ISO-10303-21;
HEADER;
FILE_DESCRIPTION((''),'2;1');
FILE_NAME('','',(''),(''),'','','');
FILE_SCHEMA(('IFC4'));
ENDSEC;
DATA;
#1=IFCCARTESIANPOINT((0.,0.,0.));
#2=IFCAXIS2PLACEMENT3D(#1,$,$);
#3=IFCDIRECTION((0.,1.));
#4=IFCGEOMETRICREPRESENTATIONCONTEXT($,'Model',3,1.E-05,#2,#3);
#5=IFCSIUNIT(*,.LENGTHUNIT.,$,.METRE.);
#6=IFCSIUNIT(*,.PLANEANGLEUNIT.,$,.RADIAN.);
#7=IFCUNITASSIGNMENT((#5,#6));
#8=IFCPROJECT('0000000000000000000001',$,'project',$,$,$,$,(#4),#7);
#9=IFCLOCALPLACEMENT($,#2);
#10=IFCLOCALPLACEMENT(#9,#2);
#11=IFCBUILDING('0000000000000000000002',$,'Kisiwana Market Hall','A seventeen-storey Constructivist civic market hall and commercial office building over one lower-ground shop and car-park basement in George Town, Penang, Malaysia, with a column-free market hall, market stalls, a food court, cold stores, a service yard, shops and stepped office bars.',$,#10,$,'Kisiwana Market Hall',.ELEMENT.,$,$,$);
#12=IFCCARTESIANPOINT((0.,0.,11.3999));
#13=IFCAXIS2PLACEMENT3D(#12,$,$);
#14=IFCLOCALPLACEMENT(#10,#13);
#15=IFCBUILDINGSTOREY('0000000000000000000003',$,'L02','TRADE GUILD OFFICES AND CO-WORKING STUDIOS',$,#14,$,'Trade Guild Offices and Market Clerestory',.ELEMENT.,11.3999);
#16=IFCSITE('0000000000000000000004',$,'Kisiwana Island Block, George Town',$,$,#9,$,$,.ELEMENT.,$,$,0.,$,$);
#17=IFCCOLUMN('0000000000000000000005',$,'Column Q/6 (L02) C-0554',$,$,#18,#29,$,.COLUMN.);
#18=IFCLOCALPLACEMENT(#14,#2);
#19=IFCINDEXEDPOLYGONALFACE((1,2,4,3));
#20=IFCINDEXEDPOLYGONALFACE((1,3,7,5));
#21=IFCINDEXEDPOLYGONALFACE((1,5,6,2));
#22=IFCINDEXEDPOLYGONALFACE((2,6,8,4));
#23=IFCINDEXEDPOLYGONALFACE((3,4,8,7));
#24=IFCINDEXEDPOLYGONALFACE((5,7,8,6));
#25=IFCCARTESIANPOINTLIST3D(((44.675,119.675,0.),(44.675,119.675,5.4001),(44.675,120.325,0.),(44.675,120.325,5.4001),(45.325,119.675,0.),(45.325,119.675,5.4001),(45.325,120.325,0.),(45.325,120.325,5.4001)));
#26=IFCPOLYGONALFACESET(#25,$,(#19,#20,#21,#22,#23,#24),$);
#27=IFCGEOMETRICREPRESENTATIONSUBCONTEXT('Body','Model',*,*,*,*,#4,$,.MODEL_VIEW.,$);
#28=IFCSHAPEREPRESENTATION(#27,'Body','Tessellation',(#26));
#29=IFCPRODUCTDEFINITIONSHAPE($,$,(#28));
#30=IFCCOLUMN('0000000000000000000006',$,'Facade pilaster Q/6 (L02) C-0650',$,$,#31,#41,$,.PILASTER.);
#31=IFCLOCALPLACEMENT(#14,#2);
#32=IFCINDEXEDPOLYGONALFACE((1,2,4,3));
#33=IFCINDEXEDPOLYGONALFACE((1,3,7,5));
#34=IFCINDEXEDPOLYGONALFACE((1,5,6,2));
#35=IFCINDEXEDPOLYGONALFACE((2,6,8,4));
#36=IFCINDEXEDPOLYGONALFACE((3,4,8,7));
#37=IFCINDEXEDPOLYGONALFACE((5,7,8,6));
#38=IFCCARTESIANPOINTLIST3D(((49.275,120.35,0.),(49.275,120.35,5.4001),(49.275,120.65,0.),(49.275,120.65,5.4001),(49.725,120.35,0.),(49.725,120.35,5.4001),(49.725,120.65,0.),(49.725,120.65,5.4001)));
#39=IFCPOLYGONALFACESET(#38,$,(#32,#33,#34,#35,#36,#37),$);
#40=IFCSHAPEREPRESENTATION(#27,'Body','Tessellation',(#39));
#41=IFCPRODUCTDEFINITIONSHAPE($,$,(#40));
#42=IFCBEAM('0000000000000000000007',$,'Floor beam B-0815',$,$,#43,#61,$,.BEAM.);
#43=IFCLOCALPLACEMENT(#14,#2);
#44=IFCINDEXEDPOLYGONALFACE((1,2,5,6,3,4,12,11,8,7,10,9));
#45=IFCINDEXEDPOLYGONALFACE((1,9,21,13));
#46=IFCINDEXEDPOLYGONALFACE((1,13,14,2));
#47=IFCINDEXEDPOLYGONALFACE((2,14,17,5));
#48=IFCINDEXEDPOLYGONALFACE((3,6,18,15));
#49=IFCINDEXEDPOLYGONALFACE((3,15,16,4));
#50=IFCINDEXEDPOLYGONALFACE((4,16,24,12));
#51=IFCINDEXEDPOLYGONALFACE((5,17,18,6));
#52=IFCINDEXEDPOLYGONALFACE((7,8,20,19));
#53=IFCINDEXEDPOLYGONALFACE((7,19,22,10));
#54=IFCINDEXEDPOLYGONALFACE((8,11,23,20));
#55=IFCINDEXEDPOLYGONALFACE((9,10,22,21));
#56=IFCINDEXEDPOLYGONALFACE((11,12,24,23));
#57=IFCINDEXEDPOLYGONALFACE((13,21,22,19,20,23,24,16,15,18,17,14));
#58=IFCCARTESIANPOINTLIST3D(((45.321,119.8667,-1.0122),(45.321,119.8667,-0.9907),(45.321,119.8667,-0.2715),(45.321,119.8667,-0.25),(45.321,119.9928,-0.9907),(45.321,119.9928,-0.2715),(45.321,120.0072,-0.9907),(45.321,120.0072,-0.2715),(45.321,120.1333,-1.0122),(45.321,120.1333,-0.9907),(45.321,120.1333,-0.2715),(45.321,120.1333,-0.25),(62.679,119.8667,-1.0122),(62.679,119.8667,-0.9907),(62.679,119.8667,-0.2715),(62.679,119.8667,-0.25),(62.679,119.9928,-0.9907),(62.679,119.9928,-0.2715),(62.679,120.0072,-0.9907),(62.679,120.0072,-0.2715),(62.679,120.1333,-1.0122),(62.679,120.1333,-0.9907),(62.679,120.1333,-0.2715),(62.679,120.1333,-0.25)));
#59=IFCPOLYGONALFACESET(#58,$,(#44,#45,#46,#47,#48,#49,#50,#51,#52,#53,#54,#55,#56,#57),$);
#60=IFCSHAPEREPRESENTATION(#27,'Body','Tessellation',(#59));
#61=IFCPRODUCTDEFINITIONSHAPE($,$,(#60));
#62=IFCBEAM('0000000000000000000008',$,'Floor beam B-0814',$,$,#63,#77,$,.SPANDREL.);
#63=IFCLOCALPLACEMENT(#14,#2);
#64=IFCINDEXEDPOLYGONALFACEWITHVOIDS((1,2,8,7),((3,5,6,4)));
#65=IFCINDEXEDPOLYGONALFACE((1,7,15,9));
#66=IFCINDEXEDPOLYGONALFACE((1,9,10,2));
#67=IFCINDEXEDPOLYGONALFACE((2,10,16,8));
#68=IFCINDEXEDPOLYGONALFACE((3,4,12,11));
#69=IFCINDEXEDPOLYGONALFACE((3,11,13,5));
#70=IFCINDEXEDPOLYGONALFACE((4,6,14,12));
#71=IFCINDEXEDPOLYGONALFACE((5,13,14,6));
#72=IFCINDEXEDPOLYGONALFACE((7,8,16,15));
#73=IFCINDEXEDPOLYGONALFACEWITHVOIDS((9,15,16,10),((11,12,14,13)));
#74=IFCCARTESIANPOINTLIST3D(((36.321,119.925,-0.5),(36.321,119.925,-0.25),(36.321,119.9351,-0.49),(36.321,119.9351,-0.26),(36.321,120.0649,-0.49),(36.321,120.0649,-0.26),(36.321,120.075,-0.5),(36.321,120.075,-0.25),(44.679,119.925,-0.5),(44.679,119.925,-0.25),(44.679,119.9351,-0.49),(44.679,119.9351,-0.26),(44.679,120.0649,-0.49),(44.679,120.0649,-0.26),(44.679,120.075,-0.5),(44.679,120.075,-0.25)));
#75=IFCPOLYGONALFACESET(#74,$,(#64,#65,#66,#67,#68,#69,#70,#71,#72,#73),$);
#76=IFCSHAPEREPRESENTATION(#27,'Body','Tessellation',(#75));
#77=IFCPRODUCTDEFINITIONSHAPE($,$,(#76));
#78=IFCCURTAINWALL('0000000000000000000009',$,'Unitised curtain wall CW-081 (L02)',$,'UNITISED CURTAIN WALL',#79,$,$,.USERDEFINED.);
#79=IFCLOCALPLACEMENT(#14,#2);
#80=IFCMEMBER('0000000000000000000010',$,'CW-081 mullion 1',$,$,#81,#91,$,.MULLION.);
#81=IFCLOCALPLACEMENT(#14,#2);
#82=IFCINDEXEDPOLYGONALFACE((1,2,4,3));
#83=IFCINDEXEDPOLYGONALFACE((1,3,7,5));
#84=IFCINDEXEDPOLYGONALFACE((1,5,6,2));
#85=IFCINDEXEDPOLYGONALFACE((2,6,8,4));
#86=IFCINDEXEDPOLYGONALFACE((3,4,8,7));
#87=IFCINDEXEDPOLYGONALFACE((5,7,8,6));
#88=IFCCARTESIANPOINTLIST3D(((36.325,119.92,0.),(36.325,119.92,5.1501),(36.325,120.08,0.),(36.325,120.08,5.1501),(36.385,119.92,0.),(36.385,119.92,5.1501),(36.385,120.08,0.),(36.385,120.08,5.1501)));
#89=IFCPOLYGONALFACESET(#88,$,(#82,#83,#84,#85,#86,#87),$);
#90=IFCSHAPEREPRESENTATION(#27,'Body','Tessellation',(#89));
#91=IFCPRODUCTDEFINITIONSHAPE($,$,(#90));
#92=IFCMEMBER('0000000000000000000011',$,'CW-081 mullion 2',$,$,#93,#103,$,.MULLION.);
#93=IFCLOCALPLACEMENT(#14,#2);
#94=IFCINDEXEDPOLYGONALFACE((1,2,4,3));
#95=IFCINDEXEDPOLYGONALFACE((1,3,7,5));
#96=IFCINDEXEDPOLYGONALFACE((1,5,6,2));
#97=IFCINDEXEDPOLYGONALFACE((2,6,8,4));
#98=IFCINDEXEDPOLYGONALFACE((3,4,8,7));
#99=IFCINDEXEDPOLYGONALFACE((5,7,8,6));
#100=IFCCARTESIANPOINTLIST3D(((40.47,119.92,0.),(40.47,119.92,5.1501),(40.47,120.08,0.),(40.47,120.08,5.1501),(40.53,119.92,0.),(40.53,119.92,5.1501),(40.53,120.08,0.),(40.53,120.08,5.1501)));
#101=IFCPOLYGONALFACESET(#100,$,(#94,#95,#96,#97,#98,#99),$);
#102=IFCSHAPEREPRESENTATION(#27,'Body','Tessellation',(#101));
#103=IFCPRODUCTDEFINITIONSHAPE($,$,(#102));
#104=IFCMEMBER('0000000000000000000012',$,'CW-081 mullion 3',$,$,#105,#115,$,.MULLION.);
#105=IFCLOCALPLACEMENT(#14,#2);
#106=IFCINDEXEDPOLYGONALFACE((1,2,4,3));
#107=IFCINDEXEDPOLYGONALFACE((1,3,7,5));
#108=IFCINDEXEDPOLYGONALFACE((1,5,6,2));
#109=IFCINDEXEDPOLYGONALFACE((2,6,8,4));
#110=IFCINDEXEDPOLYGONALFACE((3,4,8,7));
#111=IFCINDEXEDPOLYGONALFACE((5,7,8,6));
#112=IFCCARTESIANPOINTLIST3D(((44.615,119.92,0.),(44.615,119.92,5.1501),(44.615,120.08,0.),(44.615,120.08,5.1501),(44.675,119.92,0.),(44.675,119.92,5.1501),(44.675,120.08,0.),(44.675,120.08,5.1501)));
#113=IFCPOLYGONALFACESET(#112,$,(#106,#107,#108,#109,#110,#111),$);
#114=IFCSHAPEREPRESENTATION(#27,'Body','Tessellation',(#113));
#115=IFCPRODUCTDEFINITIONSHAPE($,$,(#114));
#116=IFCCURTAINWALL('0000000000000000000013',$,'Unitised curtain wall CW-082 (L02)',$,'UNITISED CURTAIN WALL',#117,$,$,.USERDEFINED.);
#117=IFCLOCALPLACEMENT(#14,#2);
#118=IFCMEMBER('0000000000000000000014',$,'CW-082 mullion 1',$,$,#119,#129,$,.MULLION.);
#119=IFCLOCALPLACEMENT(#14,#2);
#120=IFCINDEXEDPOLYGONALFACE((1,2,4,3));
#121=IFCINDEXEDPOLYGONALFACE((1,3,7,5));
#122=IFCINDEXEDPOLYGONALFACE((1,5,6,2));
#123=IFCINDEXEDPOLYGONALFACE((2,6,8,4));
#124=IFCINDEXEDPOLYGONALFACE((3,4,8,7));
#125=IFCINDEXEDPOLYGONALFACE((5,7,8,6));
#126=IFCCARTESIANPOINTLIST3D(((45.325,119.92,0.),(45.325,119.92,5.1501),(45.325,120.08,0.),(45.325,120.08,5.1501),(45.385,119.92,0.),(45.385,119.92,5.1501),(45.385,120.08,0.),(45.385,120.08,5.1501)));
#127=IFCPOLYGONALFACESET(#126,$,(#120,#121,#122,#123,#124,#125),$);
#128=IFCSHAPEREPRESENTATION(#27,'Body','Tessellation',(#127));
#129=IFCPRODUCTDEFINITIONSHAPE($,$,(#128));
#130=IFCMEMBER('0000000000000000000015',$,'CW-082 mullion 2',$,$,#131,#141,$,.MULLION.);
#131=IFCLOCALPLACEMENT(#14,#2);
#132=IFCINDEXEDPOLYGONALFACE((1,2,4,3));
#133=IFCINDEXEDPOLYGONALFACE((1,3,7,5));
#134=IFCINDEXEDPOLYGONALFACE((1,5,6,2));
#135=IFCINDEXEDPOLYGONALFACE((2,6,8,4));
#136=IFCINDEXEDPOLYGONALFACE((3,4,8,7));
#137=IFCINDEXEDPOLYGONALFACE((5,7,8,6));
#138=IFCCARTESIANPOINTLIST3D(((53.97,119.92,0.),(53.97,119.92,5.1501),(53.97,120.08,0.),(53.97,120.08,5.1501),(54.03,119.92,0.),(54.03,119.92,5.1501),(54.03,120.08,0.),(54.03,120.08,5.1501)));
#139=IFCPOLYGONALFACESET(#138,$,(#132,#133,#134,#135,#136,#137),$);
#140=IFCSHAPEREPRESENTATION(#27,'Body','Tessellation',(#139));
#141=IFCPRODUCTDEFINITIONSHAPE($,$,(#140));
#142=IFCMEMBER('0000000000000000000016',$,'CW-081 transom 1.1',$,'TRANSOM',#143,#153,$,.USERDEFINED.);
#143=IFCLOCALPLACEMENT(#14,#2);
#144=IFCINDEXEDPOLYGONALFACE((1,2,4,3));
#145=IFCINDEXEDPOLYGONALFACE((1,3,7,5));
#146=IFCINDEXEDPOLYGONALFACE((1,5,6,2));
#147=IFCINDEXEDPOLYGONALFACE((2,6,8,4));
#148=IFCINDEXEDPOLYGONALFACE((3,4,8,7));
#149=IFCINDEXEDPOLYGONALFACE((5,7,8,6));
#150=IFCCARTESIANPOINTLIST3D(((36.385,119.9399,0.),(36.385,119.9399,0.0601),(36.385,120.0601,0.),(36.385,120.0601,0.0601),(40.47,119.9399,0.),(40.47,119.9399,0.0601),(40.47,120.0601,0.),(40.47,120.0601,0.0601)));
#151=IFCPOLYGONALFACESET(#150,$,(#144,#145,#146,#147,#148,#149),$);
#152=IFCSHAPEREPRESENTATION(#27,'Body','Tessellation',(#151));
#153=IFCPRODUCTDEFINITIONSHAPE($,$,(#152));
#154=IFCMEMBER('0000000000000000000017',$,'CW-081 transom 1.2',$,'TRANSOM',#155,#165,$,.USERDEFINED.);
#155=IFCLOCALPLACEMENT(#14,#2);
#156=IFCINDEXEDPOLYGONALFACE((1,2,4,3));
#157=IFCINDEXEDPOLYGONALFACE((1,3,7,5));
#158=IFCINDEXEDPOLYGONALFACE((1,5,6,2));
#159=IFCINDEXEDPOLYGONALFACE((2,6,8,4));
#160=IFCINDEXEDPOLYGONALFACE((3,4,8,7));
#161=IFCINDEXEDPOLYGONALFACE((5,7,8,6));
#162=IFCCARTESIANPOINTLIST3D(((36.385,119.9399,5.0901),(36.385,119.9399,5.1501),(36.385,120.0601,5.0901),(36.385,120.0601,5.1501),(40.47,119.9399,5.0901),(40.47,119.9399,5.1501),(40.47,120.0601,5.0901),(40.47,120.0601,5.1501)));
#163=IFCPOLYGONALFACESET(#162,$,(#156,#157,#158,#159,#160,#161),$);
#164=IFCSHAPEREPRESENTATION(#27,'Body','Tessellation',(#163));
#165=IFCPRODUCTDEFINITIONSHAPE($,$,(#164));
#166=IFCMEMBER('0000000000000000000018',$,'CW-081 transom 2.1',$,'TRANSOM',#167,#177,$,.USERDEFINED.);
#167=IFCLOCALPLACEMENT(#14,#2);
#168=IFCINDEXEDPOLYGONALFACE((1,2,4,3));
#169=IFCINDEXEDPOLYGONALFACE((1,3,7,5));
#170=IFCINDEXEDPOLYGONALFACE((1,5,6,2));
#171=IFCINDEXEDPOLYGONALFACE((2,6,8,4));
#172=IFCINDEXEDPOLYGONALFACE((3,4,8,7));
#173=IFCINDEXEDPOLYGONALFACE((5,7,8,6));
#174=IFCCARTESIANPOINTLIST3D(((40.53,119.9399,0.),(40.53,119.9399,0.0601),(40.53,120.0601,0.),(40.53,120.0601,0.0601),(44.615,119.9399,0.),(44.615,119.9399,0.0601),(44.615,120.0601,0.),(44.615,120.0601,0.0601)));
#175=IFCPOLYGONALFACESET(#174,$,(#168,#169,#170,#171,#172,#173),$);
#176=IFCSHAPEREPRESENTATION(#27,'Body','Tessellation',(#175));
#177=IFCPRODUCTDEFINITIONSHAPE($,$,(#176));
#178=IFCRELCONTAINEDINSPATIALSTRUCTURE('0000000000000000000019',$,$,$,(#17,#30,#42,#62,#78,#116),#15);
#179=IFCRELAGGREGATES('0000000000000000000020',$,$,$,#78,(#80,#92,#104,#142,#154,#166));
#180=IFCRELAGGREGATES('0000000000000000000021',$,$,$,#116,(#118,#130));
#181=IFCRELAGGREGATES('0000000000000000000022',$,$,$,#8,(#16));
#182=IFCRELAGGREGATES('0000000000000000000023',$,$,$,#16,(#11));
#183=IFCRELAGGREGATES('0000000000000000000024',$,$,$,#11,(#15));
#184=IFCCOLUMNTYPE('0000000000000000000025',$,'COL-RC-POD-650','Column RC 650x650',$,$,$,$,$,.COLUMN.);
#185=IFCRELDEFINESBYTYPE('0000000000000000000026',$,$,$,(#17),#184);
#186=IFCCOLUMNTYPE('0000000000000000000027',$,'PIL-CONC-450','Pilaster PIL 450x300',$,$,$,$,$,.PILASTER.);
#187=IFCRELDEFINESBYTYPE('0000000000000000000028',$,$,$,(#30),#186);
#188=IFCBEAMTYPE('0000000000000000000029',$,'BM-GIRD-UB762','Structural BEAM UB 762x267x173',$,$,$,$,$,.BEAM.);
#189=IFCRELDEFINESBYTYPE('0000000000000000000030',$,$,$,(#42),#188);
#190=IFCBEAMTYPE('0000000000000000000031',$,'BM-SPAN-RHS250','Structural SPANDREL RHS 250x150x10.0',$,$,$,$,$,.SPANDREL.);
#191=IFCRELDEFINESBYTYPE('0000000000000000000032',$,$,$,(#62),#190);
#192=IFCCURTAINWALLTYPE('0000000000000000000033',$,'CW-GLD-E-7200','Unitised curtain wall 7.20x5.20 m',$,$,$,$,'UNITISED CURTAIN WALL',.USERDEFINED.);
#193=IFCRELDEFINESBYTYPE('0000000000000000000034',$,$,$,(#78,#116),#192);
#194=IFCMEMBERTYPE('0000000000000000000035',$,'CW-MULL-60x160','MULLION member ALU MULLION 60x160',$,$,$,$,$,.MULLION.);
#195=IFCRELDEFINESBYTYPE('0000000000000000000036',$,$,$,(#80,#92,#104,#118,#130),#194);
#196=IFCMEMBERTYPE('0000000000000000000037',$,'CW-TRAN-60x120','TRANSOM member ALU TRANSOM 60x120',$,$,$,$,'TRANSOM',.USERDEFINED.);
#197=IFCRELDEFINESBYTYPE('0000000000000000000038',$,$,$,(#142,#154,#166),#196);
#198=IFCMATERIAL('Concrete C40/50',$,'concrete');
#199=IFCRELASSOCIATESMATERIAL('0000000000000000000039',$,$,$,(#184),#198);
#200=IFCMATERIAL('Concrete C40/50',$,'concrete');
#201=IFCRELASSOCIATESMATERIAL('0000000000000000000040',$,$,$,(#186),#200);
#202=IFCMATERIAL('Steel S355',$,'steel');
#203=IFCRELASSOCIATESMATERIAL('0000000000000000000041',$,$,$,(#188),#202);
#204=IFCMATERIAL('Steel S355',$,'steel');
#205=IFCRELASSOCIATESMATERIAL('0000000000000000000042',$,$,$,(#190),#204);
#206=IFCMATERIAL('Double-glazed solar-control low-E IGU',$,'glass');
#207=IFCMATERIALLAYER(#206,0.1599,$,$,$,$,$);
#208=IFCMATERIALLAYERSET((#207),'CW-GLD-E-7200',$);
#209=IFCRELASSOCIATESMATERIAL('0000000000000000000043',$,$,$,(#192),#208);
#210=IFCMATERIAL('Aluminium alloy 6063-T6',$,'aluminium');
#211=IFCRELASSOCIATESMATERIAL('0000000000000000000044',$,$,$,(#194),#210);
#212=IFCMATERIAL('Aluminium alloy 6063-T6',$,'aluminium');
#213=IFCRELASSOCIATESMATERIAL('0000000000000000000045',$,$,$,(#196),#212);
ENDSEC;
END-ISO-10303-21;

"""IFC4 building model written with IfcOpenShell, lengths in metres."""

from ifc_helpers import new_model, si_unit, direction, frame, origin, origin_2d, place, context, subcontext, project, spatial, rectangle, hollow_rectangle, i_section, extrude, material, layer, layer_set, material_profile, profile_set, type_object, element, aggregate, save


model = new_model("IFC4")

# Units and contexts
model_context = context("Model", 3, precision=1e-05, world=origin(), true_north=direction((0.0, 1.0)))
body_context = subcontext(model_context, "Body", "Model", "MODEL_VIEW")
ifc_project = project(units=[si_unit("LENGTHUNIT", "METRE"), si_unit("PLANEANGLEUNIT", "RADIAN")], contexts=[model_context])

# Site, building, storey
site_placement = place(None, origin())
site = spatial("IfcSite", under=ifc_project, at=site_placement, Name="Kisiwana Island Block, George Town", CompositionType="ELEMENT", RefElevation=0.0)
building_placement = place(site_placement, origin())
building = spatial("IfcBuilding", under=site, at=building_placement, Name="Kisiwana Market Hall", Description="A seventeen-storey Constructivist civic market hall and commercial office building over one lower-ground shop and car-park basement in George Town, Penang, Malaysia, with a column-free market hall, market stalls, a food court, cold stores, a service yard, shops and stepped office bars.", LongName="Kisiwana Market Hall", CompositionType="ELEMENT")
storey_placement = place(building_placement, frame((0.0, 0.0, 11.3999)))
storey = spatial("IfcBuildingStorey", under=building, at=storey_placement, Name="L02", Description="TRADE GUILD OFFICES AND CO-WORKING STUDIOS", LongName="Trade Guild Offices and Market Clerestory", CompositionType="ELEMENT", Elevation=11.3999)

# Columns
ifc_material_1 = material(Name="Concrete C40/50", Category="concrete")
ifc_material_profile_1 = material_profile(ifc_material_1, rectangle(XDim=0.6499, YDim=0.6499, at=origin_2d()), Name="RC 650x650")
ifc_profile_set_1 = profile_set([ifc_material_profile_1], Name="Concrete C40/50")
column_type_1 = type_object("IfcColumnType", Name="COL-RC-POD-650", Description="Column RC 650x650", PredefinedType="COLUMN", material=ifc_profile_set_1)
column_1_placement = place(storey_placement, frame((45.0, 120.0, 0.0), z_axis=(0.0, 0.0, 1.0), x_axis=(1.0, 0.0, 0.0)))
element("IfcColumn", 1, at=column_1_placement, inside=storey, type_object=column_type_1, Name="Column Q/6 (L02) C-0554", PredefinedType="COLUMN", context=body_context, shape_type="SweptSolid", body=[
    extrude(rectangle(XDim=0.6499, YDim=0.6499, at=origin_2d()), origin(), (0.0, 0.0, 1.0), 5.4001),
])
ifc_material_2 = material(Name="Concrete C40/50", Category="concrete")
ifc_material_profile_2 = material_profile(ifc_material_2, rectangle(XDim=0.45, YDim=0.3, at=origin_2d()), Name="PIL 450x300")
ifc_profile_set_2 = profile_set([ifc_material_profile_2], Name="Concrete C40/50")
column_type_2 = type_object("IfcColumnType", Name="PIL-CONC-450", Description="Pilaster PIL 450x300", PredefinedType="PILASTER", material=ifc_profile_set_2)
column_2_placement = place(storey_placement, frame((49.5, 120.5, 0.0), z_axis=(0.0, 0.0, 1.0), x_axis=(1.0, 0.0, 0.0)))
element("IfcColumn", 2, at=column_2_placement, inside=storey, type_object=column_type_2, Name="Facade pilaster Q/6 (L02) C-0650", PredefinedType="PILASTER", context=body_context, shape_type="SweptSolid", body=[
    extrude(rectangle(XDim=0.45, YDim=0.3, at=origin_2d()), origin(), (0.0, 0.0, 1.0), 5.4001),
])

# Beams
ifc_material_3 = material(Name="Steel S355", Category="steel")
ifc_material_profile_3 = material_profile(ifc_material_3, i_section(OverallWidth=0.2666, OverallDepth=0.7622, WebThickness=0.0144, FlangeThickness=0.0215, at=origin_2d()), Name="UB 762x267x173")
ifc_profile_set_3 = profile_set([ifc_material_profile_3], Name="Steel S355")
beam_type_1 = type_object("IfcBeamType", Name="BM-GIRD-UB762", Description="Structural BEAM UB 762x267x173", PredefinedType="BEAM", material=ifc_profile_set_3)
beam_1_placement = place(storey_placement, frame((45.321, 120.0, -0.6311), z_axis=(1.0, 0.0, 0.0), x_axis=(0.0, 1.0, 0.0)))
element("IfcBeam", 3, at=beam_1_placement, inside=storey, type_object=beam_type_1, Name="Floor beam B-0815", PredefinedType="BEAM", context=body_context, shape_type="SweptSolid", body=[
    extrude(i_section(OverallWidth=0.2666, OverallDepth=0.7622, WebThickness=0.0144, FlangeThickness=0.0215, at=origin_2d()), origin(), (0.0, 0.0, 1.0), 17.3579),
])
ifc_material_4 = material(Name="Steel S355", Category="steel")
ifc_material_profile_4 = material_profile(ifc_material_4, hollow_rectangle(XDim=0.1499, YDim=0.25, WallThickness=0.01, at=origin_2d()), Name="RHS 250x150x10.0")
ifc_profile_set_4 = profile_set([ifc_material_profile_4], Name="Steel S355")
beam_type_2 = type_object("IfcBeamType", Name="BM-SPAN-RHS250", Description="Structural SPANDREL RHS 250x150x10.0", PredefinedType="SPANDREL", material=ifc_profile_set_4)
beam_2_placement = place(storey_placement, frame((36.321, 120.0, -0.375), z_axis=(1.0, 0.0, 0.0), x_axis=(0.0, 1.0, 0.0)))
element("IfcBeam", 4, at=beam_2_placement, inside=storey, type_object=beam_type_2, Name="Floor beam B-0814", PredefinedType="SPANDREL", context=body_context, shape_type="SweptSolid", body=[
    extrude(hollow_rectangle(XDim=0.1499, YDim=0.25, WallThickness=0.01, at=origin_2d()), origin(), (0.0, 0.0, 1.0), 8.3579),
])

# Curtain walls, members
ifc_material_5 = material(Name="Double-glazed solar-control low-E IGU", Category="glass")
ifc_layer_1 = layer(ifc_material_5, 0.1599)
ifc_layer_set_1 = layer_set([ifc_layer_1], Name="CW-GLD-E-7200")
curtain_wall_type = type_object("IfcCurtainWallType", Name="CW-GLD-E-7200", Description="Unitised curtain wall 7.20x5.20 m", ElementType="UNITISED CURTAIN WALL", PredefinedType="USERDEFINED", material=ifc_layer_set_1)
curtain_wall_1_placement = place(storey_placement, origin())
curtain_wall_1 = element("IfcCurtainWall", 5, at=curtain_wall_1_placement, inside=storey, type_object=curtain_wall_type, Name="Unitised curtain wall CW-081 (L02)", ObjectType="UNITISED CURTAIN WALL", PredefinedType="USERDEFINED")
ifc_material_6 = material(Name="Aluminium alloy 6063-T6", Category="aluminium")
ifc_material_profile_5 = material_profile(ifc_material_6, rectangle(XDim=0.0601, YDim=0.1599, at=origin_2d()), Name="ALU MULLION 60x160")
ifc_profile_set_5 = profile_set([ifc_material_profile_5], Name="Aluminium alloy 6063-T6")
member_type_1 = type_object("IfcMemberType", Name="CW-MULL-60x160", Description="MULLION member ALU MULLION 60x160", PredefinedType="MULLION", material=ifc_profile_set_5)
member_1_placement = place(storey_placement, frame((36.355, 120.0, 0.0), z_axis=(0.0, 0.0, 1.0), x_axis=(1.0, 0.0, 0.0)))
member_1 = element("IfcMember", 6, at=member_1_placement, type_object=member_type_1, Name="CW-081 mullion 1", PredefinedType="MULLION", context=body_context, shape_type="SweptSolid", body=[
    extrude(rectangle(XDim=0.0601, YDim=0.1599, at=origin_2d()), origin(), (0.0, 0.0, 1.0), 5.1501),
])
member_2_placement = place(storey_placement, frame((40.5, 120.0, 0.0), z_axis=(0.0, 0.0, 1.0), x_axis=(1.0, 0.0, 0.0)))
member_2 = element("IfcMember", 7, at=member_2_placement, type_object=member_type_1, Name="CW-081 mullion 2", PredefinedType="MULLION", context=body_context, shape_type="SweptSolid", body=[
    extrude(rectangle(XDim=0.0601, YDim=0.1599, at=origin_2d()), origin(), (0.0, 0.0, 1.0), 5.1501),
])
member_3_placement = place(storey_placement, frame((44.645, 120.0, 0.0), z_axis=(0.0, 0.0, 1.0), x_axis=(1.0, 0.0, 0.0)))
member_3 = element("IfcMember", 8, at=member_3_placement, type_object=member_type_1, Name="CW-081 mullion 3", PredefinedType="MULLION", context=body_context, shape_type="SweptSolid", body=[
    extrude(rectangle(XDim=0.0601, YDim=0.1599, at=origin_2d()), origin(), (0.0, 0.0, 1.0), 5.1501),
])
curtain_wall_2_placement = place(storey_placement, origin())
curtain_wall_2 = element("IfcCurtainWall", 9, at=curtain_wall_2_placement, inside=storey, type_object=curtain_wall_type, Name="Unitised curtain wall CW-082 (L02)", ObjectType="UNITISED CURTAIN WALL", PredefinedType="USERDEFINED")
member_4_placement = place(storey_placement, frame((45.355, 120.0, 0.0), z_axis=(0.0, 0.0, 1.0), x_axis=(1.0, 0.0, 0.0)))
member_4 = element("IfcMember", 10, at=member_4_placement, type_object=member_type_1, Name="CW-082 mullion 1", PredefinedType="MULLION", context=body_context, shape_type="SweptSolid", body=[
    extrude(rectangle(XDim=0.0601, YDim=0.1599, at=origin_2d()), origin(), (0.0, 0.0, 1.0), 5.1501),
])
member_5_placement = place(storey_placement, frame((54.0, 120.0, 0.0), z_axis=(0.0, 0.0, 1.0), x_axis=(1.0, 0.0, 0.0)))
member_5 = element("IfcMember", 11, at=member_5_placement, type_object=member_type_1, Name="CW-082 mullion 2", PredefinedType="MULLION", context=body_context, shape_type="SweptSolid", body=[
    extrude(rectangle(XDim=0.0601, YDim=0.1599, at=origin_2d()), origin(), (0.0, 0.0, 1.0), 5.1501),
])

# Members
ifc_material_7 = material(Name="Aluminium alloy 6063-T6", Category="aluminium")
ifc_material_profile_6 = material_profile(ifc_material_7, rectangle(XDim=0.1201, YDim=0.0601, at=origin_2d()), Name="ALU TRANSOM 60x120")
ifc_profile_set_6 = profile_set([ifc_material_profile_6], Name="Aluminium alloy 6063-T6")
member_type_2 = type_object("IfcMemberType", Name="CW-TRAN-60x120", Description="TRANSOM member ALU TRANSOM 60x120", ElementType="TRANSOM", PredefinedType="USERDEFINED", material=ifc_profile_set_6)
member_6_placement = place(storey_placement, frame((36.385, 120.0, 0.03), z_axis=(1.0, 0.0, 0.0), x_axis=(0.0, 1.0, 0.0)))
member_6 = element("IfcMember", 12, at=member_6_placement, type_object=member_type_2, Name="CW-081 transom 1.1", ObjectType="TRANSOM", PredefinedType="USERDEFINED", context=body_context, shape_type="SweptSolid", body=[
    extrude(rectangle(XDim=0.1201, YDim=0.0601, at=origin_2d()), origin(), (0.0, 0.0, 1.0), 4.085),
])
member_7_placement = place(storey_placement, frame((36.385, 120.0, 5.1201), z_axis=(1.0, 0.0, 0.0), x_axis=(0.0, 1.0, 0.0)))
member_7 = element("IfcMember", 13, at=member_7_placement, type_object=member_type_2, Name="CW-081 transom 1.2", ObjectType="TRANSOM", PredefinedType="USERDEFINED", context=body_context, shape_type="SweptSolid", body=[
    extrude(rectangle(XDim=0.1201, YDim=0.0601, at=origin_2d()), origin(), (0.0, 0.0, 1.0), 4.085),
])
member_8_placement = place(storey_placement, frame((40.53, 120.0, 0.03), z_axis=(1.0, 0.0, 0.0), x_axis=(0.0, 1.0, 0.0)))
member_8 = element("IfcMember", 14, at=member_8_placement, type_object=member_type_2, Name="CW-081 transom 2.1", ObjectType="TRANSOM", PredefinedType="USERDEFINED", context=body_context, shape_type="SweptSolid", body=[
    extrude(rectangle(XDim=0.1201, YDim=0.0601, at=origin_2d()), origin(), (0.0, 0.0, 1.0), 4.085),
])

aggregate(curtain_wall_1, [member_1, member_2, member_3, member_6, member_7, member_8])
aggregate(curtain_wall_2, [member_4, member_5])

save(model, "model.ifc")
